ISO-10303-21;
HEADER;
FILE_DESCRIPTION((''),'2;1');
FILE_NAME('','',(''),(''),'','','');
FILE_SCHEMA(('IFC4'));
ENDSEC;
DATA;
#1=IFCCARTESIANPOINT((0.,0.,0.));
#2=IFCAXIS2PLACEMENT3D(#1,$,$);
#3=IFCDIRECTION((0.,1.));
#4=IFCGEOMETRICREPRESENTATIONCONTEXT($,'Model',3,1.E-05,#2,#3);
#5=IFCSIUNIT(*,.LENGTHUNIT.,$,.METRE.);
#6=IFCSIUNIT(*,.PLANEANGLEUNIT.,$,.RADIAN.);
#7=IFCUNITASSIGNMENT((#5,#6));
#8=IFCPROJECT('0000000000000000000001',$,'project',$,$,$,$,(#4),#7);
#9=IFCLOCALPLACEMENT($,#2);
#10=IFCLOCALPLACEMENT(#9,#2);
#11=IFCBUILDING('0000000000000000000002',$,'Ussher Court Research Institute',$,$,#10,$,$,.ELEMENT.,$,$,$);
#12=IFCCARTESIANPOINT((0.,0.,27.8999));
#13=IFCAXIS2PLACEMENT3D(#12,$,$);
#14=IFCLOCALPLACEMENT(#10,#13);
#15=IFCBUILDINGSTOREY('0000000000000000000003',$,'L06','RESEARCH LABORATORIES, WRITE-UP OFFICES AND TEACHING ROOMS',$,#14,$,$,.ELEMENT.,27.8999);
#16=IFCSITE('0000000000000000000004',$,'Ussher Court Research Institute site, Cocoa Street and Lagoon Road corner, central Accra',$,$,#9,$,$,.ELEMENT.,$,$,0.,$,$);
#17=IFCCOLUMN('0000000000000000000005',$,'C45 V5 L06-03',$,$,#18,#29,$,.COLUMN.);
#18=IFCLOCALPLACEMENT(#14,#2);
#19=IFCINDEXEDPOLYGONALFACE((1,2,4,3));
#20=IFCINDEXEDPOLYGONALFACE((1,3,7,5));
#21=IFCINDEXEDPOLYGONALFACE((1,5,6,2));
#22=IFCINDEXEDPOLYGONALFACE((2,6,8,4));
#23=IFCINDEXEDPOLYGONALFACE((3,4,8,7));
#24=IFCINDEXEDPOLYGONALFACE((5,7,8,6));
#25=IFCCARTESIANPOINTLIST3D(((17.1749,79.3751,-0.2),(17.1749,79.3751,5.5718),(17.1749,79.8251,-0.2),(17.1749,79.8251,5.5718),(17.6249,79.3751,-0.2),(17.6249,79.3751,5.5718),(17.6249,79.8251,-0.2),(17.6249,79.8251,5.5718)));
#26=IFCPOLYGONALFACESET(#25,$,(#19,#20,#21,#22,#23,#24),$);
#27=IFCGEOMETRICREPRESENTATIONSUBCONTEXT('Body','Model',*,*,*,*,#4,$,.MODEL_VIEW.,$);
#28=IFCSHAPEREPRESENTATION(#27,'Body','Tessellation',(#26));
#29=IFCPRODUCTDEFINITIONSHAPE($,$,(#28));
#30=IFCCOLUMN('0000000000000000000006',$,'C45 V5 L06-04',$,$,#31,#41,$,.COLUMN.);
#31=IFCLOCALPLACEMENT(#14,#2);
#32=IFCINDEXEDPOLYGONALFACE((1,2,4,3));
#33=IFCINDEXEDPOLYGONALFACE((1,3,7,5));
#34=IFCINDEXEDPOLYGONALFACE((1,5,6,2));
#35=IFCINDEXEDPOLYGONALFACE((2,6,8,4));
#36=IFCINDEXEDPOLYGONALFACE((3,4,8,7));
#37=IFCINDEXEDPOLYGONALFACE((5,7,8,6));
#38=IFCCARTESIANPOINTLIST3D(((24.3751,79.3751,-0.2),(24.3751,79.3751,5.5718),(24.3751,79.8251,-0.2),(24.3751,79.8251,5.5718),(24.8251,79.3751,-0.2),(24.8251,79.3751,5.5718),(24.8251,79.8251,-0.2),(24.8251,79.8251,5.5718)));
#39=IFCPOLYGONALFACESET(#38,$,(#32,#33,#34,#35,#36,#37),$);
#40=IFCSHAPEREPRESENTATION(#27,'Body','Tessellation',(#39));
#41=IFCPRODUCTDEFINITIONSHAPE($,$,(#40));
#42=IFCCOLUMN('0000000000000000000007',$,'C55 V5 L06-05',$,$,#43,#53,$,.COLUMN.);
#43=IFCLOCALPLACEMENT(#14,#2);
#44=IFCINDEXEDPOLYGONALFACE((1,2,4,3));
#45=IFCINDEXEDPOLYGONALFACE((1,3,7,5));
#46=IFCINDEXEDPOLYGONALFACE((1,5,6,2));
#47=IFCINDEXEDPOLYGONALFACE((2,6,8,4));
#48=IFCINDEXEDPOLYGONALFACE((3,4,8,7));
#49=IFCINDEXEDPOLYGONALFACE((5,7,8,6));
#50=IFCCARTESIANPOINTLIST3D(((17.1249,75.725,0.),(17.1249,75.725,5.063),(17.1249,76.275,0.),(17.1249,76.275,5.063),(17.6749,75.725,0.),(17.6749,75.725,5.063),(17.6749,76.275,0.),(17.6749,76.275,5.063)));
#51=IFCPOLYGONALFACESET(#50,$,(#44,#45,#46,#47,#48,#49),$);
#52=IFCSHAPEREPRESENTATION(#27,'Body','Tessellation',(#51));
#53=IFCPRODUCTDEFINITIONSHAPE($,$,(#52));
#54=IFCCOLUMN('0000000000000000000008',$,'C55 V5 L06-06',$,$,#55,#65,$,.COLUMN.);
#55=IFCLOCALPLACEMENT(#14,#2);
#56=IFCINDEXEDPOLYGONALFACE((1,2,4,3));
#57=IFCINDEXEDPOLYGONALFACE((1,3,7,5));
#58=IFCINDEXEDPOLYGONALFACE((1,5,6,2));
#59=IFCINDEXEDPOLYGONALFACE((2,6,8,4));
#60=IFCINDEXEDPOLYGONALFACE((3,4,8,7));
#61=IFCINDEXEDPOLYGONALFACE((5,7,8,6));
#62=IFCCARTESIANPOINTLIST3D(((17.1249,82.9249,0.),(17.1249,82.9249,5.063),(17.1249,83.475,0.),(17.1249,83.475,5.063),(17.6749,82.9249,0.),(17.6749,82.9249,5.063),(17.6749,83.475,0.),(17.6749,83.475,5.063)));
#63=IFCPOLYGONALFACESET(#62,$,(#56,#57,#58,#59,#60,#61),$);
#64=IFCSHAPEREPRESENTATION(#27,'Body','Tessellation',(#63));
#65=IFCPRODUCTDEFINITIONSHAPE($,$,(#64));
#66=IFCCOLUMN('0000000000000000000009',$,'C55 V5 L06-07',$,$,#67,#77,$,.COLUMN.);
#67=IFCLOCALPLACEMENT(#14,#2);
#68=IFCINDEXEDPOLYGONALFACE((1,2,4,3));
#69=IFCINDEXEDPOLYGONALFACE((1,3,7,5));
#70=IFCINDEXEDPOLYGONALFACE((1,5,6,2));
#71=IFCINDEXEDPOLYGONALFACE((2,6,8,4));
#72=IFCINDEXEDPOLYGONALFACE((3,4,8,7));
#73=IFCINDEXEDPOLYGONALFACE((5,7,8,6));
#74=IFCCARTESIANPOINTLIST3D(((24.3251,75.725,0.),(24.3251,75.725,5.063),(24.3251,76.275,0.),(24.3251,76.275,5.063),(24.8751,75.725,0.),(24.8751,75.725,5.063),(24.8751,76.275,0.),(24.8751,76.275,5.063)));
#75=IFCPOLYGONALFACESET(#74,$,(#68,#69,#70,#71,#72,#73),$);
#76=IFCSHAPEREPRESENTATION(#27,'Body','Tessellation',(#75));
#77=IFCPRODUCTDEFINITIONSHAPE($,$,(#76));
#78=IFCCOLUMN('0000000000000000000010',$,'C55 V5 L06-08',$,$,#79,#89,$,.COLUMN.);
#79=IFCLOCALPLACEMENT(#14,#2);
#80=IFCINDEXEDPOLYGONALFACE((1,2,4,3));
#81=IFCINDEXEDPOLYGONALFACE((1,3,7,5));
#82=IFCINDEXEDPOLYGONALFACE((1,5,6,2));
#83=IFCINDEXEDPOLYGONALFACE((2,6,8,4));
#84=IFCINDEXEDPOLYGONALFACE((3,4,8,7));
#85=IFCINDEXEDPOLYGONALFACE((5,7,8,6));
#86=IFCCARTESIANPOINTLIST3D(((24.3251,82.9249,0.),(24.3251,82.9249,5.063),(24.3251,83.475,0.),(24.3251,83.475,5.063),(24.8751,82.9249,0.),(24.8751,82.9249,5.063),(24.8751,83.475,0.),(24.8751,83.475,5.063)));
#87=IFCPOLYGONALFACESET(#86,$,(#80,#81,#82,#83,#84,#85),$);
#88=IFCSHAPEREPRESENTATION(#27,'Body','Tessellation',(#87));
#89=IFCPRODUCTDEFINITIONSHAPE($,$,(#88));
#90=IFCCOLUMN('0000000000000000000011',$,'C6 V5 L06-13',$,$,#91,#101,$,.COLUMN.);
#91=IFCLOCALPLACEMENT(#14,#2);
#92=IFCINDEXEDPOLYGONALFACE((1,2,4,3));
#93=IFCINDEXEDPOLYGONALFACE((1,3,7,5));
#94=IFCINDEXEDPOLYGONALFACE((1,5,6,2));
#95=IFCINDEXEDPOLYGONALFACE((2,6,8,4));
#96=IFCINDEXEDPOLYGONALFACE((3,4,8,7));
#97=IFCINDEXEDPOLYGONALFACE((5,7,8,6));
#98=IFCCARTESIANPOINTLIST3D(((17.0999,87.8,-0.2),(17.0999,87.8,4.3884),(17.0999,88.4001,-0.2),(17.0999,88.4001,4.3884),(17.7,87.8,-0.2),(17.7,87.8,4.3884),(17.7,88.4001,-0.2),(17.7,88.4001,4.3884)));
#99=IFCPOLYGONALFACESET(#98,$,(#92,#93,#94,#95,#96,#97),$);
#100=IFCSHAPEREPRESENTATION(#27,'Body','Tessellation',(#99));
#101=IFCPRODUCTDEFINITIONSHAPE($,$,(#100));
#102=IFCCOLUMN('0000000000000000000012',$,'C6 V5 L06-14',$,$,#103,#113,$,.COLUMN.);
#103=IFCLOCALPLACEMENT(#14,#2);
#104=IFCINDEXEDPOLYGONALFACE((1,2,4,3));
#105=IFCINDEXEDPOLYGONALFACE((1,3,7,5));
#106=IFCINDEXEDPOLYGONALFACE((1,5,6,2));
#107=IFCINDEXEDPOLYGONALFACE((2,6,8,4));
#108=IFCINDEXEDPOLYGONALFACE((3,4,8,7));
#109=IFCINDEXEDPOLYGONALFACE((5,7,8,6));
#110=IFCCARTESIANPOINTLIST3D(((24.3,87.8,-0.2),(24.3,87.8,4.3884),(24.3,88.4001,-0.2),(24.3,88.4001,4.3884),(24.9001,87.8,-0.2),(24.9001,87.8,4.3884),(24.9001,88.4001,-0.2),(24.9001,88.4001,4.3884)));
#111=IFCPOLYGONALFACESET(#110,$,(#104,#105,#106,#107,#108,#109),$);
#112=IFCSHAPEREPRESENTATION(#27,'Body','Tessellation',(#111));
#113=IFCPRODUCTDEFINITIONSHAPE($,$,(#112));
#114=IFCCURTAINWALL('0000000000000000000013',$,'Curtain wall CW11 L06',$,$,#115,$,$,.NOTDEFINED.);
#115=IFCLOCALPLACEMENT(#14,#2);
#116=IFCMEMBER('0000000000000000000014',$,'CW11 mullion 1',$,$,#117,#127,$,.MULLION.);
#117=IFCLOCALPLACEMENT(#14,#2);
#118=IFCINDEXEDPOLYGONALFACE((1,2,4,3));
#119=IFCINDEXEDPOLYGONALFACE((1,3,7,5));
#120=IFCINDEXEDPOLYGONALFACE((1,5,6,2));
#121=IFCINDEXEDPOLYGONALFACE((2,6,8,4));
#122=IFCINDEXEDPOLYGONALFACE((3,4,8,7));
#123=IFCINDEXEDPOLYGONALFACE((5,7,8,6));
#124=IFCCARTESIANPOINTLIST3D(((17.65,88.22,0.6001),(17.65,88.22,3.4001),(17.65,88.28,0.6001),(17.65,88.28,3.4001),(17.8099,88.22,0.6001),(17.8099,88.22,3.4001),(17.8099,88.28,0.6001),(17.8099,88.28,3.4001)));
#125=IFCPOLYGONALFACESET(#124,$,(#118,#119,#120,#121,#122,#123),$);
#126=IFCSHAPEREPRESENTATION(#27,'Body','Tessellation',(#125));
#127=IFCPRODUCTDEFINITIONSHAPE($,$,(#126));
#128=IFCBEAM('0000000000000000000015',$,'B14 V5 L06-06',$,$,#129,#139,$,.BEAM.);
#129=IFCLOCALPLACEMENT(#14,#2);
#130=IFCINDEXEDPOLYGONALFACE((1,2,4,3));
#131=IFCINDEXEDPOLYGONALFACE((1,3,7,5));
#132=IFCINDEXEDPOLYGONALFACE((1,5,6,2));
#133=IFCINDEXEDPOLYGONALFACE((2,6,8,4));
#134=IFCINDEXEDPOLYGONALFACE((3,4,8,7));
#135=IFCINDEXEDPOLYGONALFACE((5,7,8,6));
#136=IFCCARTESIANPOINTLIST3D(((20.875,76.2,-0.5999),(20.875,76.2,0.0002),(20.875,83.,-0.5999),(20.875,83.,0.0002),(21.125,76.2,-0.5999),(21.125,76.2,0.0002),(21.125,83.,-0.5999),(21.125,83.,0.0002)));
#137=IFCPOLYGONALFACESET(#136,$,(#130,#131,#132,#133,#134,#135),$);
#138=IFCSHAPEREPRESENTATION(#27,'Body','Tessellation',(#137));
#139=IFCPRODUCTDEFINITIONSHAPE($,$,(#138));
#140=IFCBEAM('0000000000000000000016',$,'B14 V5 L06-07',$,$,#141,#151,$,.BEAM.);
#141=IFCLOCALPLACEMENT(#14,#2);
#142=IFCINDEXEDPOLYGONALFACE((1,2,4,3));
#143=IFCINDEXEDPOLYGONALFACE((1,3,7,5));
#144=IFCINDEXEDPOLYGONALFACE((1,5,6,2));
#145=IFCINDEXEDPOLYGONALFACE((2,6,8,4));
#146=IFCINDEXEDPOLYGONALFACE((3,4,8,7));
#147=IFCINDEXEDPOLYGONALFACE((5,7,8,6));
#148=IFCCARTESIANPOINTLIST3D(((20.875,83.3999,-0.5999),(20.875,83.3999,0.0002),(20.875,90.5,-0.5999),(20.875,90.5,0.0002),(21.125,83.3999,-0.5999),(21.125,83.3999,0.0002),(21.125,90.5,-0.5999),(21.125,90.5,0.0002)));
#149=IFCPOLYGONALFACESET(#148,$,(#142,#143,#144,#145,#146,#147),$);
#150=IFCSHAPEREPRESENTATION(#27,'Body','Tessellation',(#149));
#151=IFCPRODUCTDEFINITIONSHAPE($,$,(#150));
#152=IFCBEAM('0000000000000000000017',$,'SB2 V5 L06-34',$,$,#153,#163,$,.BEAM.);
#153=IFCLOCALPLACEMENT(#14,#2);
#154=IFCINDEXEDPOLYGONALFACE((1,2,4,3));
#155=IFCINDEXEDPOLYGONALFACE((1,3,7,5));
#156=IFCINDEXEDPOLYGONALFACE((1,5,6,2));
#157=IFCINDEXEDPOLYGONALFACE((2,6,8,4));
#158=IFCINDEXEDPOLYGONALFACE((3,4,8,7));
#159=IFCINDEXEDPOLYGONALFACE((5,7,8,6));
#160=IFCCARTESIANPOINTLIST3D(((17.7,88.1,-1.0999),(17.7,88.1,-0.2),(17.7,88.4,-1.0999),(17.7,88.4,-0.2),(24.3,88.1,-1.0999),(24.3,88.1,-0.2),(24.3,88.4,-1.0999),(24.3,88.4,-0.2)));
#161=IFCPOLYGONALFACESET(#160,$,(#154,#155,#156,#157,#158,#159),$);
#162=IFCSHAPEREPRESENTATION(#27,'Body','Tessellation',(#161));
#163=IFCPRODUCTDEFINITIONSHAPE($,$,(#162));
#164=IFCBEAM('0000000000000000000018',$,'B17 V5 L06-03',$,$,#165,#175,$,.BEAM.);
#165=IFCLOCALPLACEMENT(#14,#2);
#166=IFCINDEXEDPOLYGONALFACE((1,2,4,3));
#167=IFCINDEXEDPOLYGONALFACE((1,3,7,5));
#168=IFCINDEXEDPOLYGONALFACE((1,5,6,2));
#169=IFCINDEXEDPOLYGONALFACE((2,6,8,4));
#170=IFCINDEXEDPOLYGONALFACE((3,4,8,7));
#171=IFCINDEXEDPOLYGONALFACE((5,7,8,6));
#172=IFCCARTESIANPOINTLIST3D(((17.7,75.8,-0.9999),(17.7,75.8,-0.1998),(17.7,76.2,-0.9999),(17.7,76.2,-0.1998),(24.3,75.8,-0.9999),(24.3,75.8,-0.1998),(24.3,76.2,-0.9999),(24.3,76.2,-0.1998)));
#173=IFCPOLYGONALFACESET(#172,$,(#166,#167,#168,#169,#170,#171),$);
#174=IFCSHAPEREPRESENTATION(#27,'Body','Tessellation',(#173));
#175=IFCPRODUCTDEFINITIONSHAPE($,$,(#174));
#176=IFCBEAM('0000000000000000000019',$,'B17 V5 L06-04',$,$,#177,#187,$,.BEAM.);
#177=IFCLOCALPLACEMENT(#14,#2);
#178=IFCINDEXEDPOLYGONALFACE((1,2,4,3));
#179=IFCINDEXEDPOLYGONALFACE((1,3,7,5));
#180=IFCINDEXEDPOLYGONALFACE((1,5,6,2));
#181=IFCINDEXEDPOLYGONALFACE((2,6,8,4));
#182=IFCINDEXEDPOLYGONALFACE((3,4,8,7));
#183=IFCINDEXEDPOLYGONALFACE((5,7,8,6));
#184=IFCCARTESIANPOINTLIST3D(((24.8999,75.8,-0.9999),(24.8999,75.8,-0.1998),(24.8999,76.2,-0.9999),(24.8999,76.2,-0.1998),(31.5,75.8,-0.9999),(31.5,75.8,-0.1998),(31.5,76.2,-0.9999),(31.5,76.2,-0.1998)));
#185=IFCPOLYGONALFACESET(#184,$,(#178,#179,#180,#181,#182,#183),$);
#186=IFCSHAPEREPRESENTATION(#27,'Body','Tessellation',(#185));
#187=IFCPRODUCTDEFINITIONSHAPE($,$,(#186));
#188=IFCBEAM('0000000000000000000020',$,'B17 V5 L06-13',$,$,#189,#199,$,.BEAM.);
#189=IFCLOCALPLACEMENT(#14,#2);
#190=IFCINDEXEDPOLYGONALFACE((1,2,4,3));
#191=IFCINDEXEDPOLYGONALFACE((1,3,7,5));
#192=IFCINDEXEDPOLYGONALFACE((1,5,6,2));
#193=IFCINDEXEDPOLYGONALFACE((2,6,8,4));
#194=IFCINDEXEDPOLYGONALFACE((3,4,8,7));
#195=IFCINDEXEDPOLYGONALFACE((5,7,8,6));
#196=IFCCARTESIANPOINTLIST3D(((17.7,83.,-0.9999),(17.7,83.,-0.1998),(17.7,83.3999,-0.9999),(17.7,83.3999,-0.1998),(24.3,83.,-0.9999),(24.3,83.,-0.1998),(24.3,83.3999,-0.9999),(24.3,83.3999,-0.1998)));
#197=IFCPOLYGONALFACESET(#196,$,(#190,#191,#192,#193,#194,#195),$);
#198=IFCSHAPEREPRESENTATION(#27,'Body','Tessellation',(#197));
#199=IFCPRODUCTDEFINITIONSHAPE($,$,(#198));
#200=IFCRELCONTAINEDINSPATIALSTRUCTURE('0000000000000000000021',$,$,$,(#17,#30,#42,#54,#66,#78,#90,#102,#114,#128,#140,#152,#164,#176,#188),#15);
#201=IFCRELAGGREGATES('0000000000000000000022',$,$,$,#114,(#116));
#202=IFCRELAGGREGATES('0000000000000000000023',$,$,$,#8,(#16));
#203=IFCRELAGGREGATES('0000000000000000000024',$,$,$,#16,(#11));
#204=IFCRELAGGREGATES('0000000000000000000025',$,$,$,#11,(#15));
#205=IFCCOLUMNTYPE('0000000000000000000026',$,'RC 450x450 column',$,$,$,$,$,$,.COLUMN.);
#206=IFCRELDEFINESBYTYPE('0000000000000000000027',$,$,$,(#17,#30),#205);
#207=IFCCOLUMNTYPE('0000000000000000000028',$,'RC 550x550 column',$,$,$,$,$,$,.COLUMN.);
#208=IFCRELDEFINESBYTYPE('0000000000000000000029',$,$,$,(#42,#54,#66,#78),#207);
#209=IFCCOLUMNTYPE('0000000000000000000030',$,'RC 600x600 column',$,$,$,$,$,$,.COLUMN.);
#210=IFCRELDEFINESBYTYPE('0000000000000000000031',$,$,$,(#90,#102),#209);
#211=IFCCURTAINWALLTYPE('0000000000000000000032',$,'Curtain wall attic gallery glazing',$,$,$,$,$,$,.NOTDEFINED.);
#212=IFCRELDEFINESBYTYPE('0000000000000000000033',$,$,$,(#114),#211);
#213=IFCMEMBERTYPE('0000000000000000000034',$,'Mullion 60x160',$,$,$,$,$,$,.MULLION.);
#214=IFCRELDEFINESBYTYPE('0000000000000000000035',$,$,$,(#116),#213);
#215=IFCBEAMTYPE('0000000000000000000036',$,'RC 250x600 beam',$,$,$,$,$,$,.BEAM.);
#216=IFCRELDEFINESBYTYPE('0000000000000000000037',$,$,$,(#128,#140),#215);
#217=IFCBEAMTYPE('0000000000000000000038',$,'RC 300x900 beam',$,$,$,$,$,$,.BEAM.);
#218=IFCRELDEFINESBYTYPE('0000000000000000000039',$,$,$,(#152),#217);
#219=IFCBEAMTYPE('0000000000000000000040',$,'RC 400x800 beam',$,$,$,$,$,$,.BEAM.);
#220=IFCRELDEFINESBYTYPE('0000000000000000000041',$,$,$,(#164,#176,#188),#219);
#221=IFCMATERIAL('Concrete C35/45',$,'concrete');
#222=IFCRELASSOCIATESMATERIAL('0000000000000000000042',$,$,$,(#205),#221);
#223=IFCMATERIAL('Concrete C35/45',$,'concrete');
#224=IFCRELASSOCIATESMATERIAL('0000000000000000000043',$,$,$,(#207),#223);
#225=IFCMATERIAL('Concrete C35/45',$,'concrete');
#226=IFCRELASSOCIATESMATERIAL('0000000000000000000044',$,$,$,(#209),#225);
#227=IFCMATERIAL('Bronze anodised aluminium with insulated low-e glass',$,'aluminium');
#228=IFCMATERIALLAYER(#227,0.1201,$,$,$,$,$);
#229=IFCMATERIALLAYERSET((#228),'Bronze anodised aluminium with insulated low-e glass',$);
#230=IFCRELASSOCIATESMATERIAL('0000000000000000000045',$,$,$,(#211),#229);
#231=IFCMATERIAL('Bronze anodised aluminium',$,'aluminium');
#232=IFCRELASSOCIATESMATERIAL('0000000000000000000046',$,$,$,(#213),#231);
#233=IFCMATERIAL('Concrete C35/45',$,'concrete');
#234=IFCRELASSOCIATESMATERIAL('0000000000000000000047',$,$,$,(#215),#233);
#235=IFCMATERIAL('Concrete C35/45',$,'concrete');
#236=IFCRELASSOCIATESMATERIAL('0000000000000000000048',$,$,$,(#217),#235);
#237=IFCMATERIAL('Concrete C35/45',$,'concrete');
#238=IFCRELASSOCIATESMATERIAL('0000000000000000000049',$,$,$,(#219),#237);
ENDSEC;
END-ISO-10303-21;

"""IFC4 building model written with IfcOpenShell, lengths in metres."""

from ifc_helpers import new_model, si_unit, direction, frame, origin, origin_2d, place, context, subcontext, project, spatial, rectangle, extrude, material, layer, layer_set, material_profile, profile_set, type_object, element, aggregate, save


model = new_model("IFC4")

# Units and contexts
model_context = context("Model", 3, precision=1e-05, world=origin(), true_north=direction((0.0, 1.0)))
body_context = subcontext(model_context, "Body", "Model", "MODEL_VIEW")
ifc_project = project(units=[si_unit("LENGTHUNIT", "METRE"), si_unit("PLANEANGLEUNIT", "RADIAN")], contexts=[model_context])

# Site, building, storey
site_placement = place(None, origin())
site = spatial("IfcSite", under=ifc_project, at=site_placement, Name="Ussher Court Research Institute site, Cocoa Street and Lagoon Road corner, central Accra", CompositionType="ELEMENT", RefElevation=0.0)
building_placement = place(site_placement, origin())
building = spatial("IfcBuilding", under=site, at=building_placement, Name="Ussher Court Research Institute", CompositionType="ELEMENT")
storey_placement = place(building_placement, frame((0.0, 0.0, 27.8999)))
storey = spatial("IfcBuildingStorey", under=building, at=storey_placement, Name="L06", Description="RESEARCH LABORATORIES, WRITE-UP OFFICES AND TEACHING ROOMS", CompositionType="ELEMENT", Elevation=27.8999)

# Columns
ifc_material_1 = material(Name="Concrete C35/45", Category="concrete")
ifc_material_profile_1 = material_profile(ifc_material_1, rectangle(XDim=0.45, YDim=0.45, at=origin_2d()), Name="RC 450x450")
ifc_profile_set_1 = profile_set([ifc_material_profile_1], Name="Concrete C35/45")
column_type_1 = type_object("IfcColumnType", Name="RC 450x450 column", PredefinedType="COLUMN", material=ifc_profile_set_1)
for number, where, z_axis, x_axis, name in (
    (1, (17.3999, 79.6001, -0.2), (0.0, 0.0, 1.0), (1.0, 0.0, 0.0), "C45 V5 L06-03"),
    (2, (24.6001, 79.6001, -0.2), (0.0, 0.0, 1.0), (1.0, 0.0, 0.0), "C45 V5 L06-04"),
):
    element("IfcColumn", number, at=place(storey_placement, frame(where, z_axis=z_axis, x_axis=x_axis)), inside=storey, type_object=column_type_1, Name=name, PredefinedType="COLUMN", context=body_context, shape_type="SweptSolid", body=[
        extrude(rectangle(XDim=0.45, YDim=0.45, at=origin_2d()), origin(), (0.0, 0.0, 1.0), 5.7717),
    ])
ifc_material_2 = material(Name="Concrete C35/45", Category="concrete")
ifc_material_profile_2 = material_profile(ifc_material_2, rectangle(XDim=0.55, YDim=0.55, at=origin_2d()), Name="RC 550x550")
ifc_profile_set_2 = profile_set([ifc_material_profile_2], Name="Concrete C35/45")
column_type_2 = type_object("IfcColumnType", Name="RC 550x550 column", PredefinedType="COLUMN", material=ifc_profile_set_2)
for number, where, z_axis, x_axis, name in (
    (3, (17.3999, 76.0, 0.0), (0.0, 0.0, 1.0), (1.0, 0.0, 0.0), "C55 V5 L06-05"),
    (4, (17.3999, 83.2, 0.0), (0.0, 0.0, 1.0), (1.0, 0.0, 0.0), "C55 V5 L06-06"),
    (5, (24.6001, 76.0, 0.0), (0.0, 0.0, 1.0), (1.0, 0.0, 0.0), "C55 V5 L06-07"),
    (6, (24.6001, 83.2, 0.0), (0.0, 0.0, 1.0), (1.0, 0.0, 0.0), "C55 V5 L06-08"),
):
    element("IfcColumn", number, at=place(storey_placement, frame(where, z_axis=z_axis, x_axis=x_axis)), inside=storey, type_object=column_type_2, Name=name, PredefinedType="COLUMN", context=body_context, shape_type="SweptSolid", body=[
        extrude(rectangle(XDim=0.55, YDim=0.55, at=origin_2d()), origin(), (0.0, 0.0, 1.0), 5.063),
    ])
ifc_material_3 = material(Name="Concrete C35/45", Category="concrete")
ifc_material_profile_3 = material_profile(ifc_material_3, rectangle(XDim=0.6001, YDim=0.6001, at=origin_2d()), Name="RC 600x600")
ifc_profile_set_3 = profile_set([ifc_material_profile_3], Name="Concrete C35/45")
column_type_3 = type_object("IfcColumnType", Name="RC 600x600 column", PredefinedType="COLUMN", material=ifc_profile_set_3)
for number, where, z_axis, x_axis, name in (
    (7, (17.3999, 88.1001, -0.2), (0.0, 0.0, 1.0), (1.0, 0.0, 0.0), "C6 V5 L06-13"),
    (8, (24.6001, 88.1001, -0.2), (0.0, 0.0, 1.0), (1.0, 0.0, 0.0), "C6 V5 L06-14"),
):
    element("IfcColumn", number, at=place(storey_placement, frame(where, z_axis=z_axis, x_axis=x_axis)), inside=storey, type_object=column_type_3, Name=name, PredefinedType="COLUMN", context=body_context, shape_type="SweptSolid", body=[
        extrude(rectangle(XDim=0.6001, YDim=0.6001, at=origin_2d()), origin(), (0.0, 0.0, 1.0), 4.5884),
    ])

# Curtain wall, member
ifc_material_4 = material(Name="Bronze anodised aluminium with insulated low-e glass", Category="aluminium")
ifc_layer_1 = layer(ifc_material_4, 0.1201)
ifc_layer_set_1 = layer_set([ifc_layer_1], Name="Bronze anodised aluminium with insulated low-e glass")
curtain_wall_type = type_object("IfcCurtainWallType", Name="Curtain wall attic gallery glazing", PredefinedType="NOTDEFINED", material=ifc_layer_set_1)
curtain_wall_placement = place(storey_placement, origin())
curtain_wall = element("IfcCurtainWall", 9, at=curtain_wall_placement, inside=storey, type_object=curtain_wall_type, Name="Curtain wall CW11 L06", PredefinedType="NOTDEFINED")
ifc_material_5 = material(Name="Bronze anodised aluminium", Category="aluminium")
ifc_material_profile_4 = material_profile(ifc_material_5, rectangle(XDim=0.0601, YDim=0.1599, at=origin_2d()), Name="Mullion 60x160")
ifc_profile_set_4 = profile_set([ifc_material_profile_4], Name="Bronze anodised aluminium")
member_type_1 = type_object("IfcMemberType", Name="Mullion 60x160", PredefinedType="MULLION", material=ifc_profile_set_4)
member_1_placement = place(storey_placement, frame((17.73, 88.25, 0.6001), z_axis=(0.0, 0.0, 1.0), x_axis=(0.0, 1.0, 0.0)))
member_1 = element("IfcMember", 10, at=member_1_placement, type_object=member_type_1, Name="CW11 mullion 1", PredefinedType="MULLION", context=body_context, shape_type="SweptSolid", body=[
    extrude(rectangle(XDim=0.0601, YDim=0.1599, at=origin_2d()), origin(), (0.0, 0.0, 1.0), 2.8),
])

# Beams
ifc_material_6 = material(Name="Concrete C35/45", Category="concrete")
ifc_material_profile_5 = material_profile(ifc_material_6, rectangle(XDim=0.25, YDim=0.6001, at=origin_2d()), Name="RC 250x600")
ifc_profile_set_5 = profile_set([ifc_material_profile_5], Name="Concrete C35/45")
beam_type_1 = type_object("IfcBeamType", Name="RC 250x600 beam", PredefinedType="BEAM", material=ifc_profile_set_5)
beam_1_placement = place(storey_placement, frame((21.0, 76.2, -0.2998), z_axis=(0.0, 1.0, 0.0), x_axis=(-1.0, 0.0, 0.0)))
element("IfcBeam", 11, at=beam_1_placement, inside=storey, type_object=beam_type_1, Name="B14 V5 L06-06", PredefinedType="BEAM", context=body_context, shape_type="SweptSolid", body=[
    extrude(rectangle(XDim=0.25, YDim=0.6001, at=origin_2d()), origin(), (0.0, 0.0, 1.0), 6.8),
])
beam_2_placement = place(storey_placement, frame((21.0, 83.3999, -0.2998), z_axis=(0.0, 1.0, 0.0), x_axis=(-1.0, 0.0, 0.0)))
element("IfcBeam", 12, at=beam_2_placement, inside=storey, type_object=beam_type_1, Name="B14 V5 L06-07", PredefinedType="BEAM", context=body_context, shape_type="SweptSolid", body=[
    extrude(rectangle(XDim=0.25, YDim=0.6001, at=origin_2d()), origin(), (0.0, 0.0, 1.0), 7.1001),
])
ifc_material_7 = material(Name="Concrete C35/45", Category="concrete")
ifc_material_profile_6 = material_profile(ifc_material_7, rectangle(XDim=0.3, YDim=0.8999, at=origin_2d()), Name="RC 300x900")
ifc_profile_set_6 = profile_set([ifc_material_profile_6], Name="Concrete C35/45")
beam_type_2 = type_object("IfcBeamType", Name="RC 300x900 beam", PredefinedType="BEAM", material=ifc_profile_set_6)
beam_3_placement = place(storey_placement, frame((17.7, 88.25, -0.6499), z_axis=(1.0, 0.0, 0.0), x_axis=(0.0, 1.0, 0.0)))
element("IfcBeam", 13, at=beam_3_placement, inside=storey, type_object=beam_type_2, Name="SB2 V5 L06-34", PredefinedType="BEAM", context=body_context, shape_type="SweptSolid", body=[
    extrude(rectangle(XDim=0.3, YDim=0.8999, at=origin_2d()), origin(), (0.0, 0.0, 1.0), 6.6001),
])
ifc_material_8 = material(Name="Concrete C35/45", Category="concrete")
ifc_material_profile_7 = material_profile(ifc_material_8, rectangle(XDim=0.3999, YDim=0.8, at=origin_2d()), Name="RC 400x800")
ifc_profile_set_7 = profile_set([ifc_material_profile_7], Name="Concrete C35/45")
beam_type_3 = type_object("IfcBeamType", Name="RC 400x800 beam", PredefinedType="BEAM", material=ifc_profile_set_7)
for number, where, z_axis, x_axis, name in (
    (14, (17.7, 76.0, -0.5999), (1.0, 0.0, 0.0), (0.0, 1.0, 0.0), "B17 V5 L06-03"),
    (15, (24.8999, 76.0, -0.5999), (1.0, 0.0, 0.0), (0.0, 1.0, 0.0), "B17 V5 L06-04"),
    (16, (17.7, 83.2, -0.5999), (1.0, 0.0, 0.0), (0.0, 1.0, 0.0), "B17 V5 L06-13"),
):
    element("IfcBeam", number, at=place(storey_placement, frame(where, z_axis=z_axis, x_axis=x_axis)), inside=storey, type_object=beam_type_3, Name=name, PredefinedType="BEAM", context=body_context, shape_type="SweptSolid", body=[
        extrude(rectangle(XDim=0.3999, YDim=0.8, at=origin_2d()), origin(), (0.0, 0.0, 1.0), 6.6001),
    ])

aggregate(curtain_wall, [member_1])

save(model, "model.ifc")
